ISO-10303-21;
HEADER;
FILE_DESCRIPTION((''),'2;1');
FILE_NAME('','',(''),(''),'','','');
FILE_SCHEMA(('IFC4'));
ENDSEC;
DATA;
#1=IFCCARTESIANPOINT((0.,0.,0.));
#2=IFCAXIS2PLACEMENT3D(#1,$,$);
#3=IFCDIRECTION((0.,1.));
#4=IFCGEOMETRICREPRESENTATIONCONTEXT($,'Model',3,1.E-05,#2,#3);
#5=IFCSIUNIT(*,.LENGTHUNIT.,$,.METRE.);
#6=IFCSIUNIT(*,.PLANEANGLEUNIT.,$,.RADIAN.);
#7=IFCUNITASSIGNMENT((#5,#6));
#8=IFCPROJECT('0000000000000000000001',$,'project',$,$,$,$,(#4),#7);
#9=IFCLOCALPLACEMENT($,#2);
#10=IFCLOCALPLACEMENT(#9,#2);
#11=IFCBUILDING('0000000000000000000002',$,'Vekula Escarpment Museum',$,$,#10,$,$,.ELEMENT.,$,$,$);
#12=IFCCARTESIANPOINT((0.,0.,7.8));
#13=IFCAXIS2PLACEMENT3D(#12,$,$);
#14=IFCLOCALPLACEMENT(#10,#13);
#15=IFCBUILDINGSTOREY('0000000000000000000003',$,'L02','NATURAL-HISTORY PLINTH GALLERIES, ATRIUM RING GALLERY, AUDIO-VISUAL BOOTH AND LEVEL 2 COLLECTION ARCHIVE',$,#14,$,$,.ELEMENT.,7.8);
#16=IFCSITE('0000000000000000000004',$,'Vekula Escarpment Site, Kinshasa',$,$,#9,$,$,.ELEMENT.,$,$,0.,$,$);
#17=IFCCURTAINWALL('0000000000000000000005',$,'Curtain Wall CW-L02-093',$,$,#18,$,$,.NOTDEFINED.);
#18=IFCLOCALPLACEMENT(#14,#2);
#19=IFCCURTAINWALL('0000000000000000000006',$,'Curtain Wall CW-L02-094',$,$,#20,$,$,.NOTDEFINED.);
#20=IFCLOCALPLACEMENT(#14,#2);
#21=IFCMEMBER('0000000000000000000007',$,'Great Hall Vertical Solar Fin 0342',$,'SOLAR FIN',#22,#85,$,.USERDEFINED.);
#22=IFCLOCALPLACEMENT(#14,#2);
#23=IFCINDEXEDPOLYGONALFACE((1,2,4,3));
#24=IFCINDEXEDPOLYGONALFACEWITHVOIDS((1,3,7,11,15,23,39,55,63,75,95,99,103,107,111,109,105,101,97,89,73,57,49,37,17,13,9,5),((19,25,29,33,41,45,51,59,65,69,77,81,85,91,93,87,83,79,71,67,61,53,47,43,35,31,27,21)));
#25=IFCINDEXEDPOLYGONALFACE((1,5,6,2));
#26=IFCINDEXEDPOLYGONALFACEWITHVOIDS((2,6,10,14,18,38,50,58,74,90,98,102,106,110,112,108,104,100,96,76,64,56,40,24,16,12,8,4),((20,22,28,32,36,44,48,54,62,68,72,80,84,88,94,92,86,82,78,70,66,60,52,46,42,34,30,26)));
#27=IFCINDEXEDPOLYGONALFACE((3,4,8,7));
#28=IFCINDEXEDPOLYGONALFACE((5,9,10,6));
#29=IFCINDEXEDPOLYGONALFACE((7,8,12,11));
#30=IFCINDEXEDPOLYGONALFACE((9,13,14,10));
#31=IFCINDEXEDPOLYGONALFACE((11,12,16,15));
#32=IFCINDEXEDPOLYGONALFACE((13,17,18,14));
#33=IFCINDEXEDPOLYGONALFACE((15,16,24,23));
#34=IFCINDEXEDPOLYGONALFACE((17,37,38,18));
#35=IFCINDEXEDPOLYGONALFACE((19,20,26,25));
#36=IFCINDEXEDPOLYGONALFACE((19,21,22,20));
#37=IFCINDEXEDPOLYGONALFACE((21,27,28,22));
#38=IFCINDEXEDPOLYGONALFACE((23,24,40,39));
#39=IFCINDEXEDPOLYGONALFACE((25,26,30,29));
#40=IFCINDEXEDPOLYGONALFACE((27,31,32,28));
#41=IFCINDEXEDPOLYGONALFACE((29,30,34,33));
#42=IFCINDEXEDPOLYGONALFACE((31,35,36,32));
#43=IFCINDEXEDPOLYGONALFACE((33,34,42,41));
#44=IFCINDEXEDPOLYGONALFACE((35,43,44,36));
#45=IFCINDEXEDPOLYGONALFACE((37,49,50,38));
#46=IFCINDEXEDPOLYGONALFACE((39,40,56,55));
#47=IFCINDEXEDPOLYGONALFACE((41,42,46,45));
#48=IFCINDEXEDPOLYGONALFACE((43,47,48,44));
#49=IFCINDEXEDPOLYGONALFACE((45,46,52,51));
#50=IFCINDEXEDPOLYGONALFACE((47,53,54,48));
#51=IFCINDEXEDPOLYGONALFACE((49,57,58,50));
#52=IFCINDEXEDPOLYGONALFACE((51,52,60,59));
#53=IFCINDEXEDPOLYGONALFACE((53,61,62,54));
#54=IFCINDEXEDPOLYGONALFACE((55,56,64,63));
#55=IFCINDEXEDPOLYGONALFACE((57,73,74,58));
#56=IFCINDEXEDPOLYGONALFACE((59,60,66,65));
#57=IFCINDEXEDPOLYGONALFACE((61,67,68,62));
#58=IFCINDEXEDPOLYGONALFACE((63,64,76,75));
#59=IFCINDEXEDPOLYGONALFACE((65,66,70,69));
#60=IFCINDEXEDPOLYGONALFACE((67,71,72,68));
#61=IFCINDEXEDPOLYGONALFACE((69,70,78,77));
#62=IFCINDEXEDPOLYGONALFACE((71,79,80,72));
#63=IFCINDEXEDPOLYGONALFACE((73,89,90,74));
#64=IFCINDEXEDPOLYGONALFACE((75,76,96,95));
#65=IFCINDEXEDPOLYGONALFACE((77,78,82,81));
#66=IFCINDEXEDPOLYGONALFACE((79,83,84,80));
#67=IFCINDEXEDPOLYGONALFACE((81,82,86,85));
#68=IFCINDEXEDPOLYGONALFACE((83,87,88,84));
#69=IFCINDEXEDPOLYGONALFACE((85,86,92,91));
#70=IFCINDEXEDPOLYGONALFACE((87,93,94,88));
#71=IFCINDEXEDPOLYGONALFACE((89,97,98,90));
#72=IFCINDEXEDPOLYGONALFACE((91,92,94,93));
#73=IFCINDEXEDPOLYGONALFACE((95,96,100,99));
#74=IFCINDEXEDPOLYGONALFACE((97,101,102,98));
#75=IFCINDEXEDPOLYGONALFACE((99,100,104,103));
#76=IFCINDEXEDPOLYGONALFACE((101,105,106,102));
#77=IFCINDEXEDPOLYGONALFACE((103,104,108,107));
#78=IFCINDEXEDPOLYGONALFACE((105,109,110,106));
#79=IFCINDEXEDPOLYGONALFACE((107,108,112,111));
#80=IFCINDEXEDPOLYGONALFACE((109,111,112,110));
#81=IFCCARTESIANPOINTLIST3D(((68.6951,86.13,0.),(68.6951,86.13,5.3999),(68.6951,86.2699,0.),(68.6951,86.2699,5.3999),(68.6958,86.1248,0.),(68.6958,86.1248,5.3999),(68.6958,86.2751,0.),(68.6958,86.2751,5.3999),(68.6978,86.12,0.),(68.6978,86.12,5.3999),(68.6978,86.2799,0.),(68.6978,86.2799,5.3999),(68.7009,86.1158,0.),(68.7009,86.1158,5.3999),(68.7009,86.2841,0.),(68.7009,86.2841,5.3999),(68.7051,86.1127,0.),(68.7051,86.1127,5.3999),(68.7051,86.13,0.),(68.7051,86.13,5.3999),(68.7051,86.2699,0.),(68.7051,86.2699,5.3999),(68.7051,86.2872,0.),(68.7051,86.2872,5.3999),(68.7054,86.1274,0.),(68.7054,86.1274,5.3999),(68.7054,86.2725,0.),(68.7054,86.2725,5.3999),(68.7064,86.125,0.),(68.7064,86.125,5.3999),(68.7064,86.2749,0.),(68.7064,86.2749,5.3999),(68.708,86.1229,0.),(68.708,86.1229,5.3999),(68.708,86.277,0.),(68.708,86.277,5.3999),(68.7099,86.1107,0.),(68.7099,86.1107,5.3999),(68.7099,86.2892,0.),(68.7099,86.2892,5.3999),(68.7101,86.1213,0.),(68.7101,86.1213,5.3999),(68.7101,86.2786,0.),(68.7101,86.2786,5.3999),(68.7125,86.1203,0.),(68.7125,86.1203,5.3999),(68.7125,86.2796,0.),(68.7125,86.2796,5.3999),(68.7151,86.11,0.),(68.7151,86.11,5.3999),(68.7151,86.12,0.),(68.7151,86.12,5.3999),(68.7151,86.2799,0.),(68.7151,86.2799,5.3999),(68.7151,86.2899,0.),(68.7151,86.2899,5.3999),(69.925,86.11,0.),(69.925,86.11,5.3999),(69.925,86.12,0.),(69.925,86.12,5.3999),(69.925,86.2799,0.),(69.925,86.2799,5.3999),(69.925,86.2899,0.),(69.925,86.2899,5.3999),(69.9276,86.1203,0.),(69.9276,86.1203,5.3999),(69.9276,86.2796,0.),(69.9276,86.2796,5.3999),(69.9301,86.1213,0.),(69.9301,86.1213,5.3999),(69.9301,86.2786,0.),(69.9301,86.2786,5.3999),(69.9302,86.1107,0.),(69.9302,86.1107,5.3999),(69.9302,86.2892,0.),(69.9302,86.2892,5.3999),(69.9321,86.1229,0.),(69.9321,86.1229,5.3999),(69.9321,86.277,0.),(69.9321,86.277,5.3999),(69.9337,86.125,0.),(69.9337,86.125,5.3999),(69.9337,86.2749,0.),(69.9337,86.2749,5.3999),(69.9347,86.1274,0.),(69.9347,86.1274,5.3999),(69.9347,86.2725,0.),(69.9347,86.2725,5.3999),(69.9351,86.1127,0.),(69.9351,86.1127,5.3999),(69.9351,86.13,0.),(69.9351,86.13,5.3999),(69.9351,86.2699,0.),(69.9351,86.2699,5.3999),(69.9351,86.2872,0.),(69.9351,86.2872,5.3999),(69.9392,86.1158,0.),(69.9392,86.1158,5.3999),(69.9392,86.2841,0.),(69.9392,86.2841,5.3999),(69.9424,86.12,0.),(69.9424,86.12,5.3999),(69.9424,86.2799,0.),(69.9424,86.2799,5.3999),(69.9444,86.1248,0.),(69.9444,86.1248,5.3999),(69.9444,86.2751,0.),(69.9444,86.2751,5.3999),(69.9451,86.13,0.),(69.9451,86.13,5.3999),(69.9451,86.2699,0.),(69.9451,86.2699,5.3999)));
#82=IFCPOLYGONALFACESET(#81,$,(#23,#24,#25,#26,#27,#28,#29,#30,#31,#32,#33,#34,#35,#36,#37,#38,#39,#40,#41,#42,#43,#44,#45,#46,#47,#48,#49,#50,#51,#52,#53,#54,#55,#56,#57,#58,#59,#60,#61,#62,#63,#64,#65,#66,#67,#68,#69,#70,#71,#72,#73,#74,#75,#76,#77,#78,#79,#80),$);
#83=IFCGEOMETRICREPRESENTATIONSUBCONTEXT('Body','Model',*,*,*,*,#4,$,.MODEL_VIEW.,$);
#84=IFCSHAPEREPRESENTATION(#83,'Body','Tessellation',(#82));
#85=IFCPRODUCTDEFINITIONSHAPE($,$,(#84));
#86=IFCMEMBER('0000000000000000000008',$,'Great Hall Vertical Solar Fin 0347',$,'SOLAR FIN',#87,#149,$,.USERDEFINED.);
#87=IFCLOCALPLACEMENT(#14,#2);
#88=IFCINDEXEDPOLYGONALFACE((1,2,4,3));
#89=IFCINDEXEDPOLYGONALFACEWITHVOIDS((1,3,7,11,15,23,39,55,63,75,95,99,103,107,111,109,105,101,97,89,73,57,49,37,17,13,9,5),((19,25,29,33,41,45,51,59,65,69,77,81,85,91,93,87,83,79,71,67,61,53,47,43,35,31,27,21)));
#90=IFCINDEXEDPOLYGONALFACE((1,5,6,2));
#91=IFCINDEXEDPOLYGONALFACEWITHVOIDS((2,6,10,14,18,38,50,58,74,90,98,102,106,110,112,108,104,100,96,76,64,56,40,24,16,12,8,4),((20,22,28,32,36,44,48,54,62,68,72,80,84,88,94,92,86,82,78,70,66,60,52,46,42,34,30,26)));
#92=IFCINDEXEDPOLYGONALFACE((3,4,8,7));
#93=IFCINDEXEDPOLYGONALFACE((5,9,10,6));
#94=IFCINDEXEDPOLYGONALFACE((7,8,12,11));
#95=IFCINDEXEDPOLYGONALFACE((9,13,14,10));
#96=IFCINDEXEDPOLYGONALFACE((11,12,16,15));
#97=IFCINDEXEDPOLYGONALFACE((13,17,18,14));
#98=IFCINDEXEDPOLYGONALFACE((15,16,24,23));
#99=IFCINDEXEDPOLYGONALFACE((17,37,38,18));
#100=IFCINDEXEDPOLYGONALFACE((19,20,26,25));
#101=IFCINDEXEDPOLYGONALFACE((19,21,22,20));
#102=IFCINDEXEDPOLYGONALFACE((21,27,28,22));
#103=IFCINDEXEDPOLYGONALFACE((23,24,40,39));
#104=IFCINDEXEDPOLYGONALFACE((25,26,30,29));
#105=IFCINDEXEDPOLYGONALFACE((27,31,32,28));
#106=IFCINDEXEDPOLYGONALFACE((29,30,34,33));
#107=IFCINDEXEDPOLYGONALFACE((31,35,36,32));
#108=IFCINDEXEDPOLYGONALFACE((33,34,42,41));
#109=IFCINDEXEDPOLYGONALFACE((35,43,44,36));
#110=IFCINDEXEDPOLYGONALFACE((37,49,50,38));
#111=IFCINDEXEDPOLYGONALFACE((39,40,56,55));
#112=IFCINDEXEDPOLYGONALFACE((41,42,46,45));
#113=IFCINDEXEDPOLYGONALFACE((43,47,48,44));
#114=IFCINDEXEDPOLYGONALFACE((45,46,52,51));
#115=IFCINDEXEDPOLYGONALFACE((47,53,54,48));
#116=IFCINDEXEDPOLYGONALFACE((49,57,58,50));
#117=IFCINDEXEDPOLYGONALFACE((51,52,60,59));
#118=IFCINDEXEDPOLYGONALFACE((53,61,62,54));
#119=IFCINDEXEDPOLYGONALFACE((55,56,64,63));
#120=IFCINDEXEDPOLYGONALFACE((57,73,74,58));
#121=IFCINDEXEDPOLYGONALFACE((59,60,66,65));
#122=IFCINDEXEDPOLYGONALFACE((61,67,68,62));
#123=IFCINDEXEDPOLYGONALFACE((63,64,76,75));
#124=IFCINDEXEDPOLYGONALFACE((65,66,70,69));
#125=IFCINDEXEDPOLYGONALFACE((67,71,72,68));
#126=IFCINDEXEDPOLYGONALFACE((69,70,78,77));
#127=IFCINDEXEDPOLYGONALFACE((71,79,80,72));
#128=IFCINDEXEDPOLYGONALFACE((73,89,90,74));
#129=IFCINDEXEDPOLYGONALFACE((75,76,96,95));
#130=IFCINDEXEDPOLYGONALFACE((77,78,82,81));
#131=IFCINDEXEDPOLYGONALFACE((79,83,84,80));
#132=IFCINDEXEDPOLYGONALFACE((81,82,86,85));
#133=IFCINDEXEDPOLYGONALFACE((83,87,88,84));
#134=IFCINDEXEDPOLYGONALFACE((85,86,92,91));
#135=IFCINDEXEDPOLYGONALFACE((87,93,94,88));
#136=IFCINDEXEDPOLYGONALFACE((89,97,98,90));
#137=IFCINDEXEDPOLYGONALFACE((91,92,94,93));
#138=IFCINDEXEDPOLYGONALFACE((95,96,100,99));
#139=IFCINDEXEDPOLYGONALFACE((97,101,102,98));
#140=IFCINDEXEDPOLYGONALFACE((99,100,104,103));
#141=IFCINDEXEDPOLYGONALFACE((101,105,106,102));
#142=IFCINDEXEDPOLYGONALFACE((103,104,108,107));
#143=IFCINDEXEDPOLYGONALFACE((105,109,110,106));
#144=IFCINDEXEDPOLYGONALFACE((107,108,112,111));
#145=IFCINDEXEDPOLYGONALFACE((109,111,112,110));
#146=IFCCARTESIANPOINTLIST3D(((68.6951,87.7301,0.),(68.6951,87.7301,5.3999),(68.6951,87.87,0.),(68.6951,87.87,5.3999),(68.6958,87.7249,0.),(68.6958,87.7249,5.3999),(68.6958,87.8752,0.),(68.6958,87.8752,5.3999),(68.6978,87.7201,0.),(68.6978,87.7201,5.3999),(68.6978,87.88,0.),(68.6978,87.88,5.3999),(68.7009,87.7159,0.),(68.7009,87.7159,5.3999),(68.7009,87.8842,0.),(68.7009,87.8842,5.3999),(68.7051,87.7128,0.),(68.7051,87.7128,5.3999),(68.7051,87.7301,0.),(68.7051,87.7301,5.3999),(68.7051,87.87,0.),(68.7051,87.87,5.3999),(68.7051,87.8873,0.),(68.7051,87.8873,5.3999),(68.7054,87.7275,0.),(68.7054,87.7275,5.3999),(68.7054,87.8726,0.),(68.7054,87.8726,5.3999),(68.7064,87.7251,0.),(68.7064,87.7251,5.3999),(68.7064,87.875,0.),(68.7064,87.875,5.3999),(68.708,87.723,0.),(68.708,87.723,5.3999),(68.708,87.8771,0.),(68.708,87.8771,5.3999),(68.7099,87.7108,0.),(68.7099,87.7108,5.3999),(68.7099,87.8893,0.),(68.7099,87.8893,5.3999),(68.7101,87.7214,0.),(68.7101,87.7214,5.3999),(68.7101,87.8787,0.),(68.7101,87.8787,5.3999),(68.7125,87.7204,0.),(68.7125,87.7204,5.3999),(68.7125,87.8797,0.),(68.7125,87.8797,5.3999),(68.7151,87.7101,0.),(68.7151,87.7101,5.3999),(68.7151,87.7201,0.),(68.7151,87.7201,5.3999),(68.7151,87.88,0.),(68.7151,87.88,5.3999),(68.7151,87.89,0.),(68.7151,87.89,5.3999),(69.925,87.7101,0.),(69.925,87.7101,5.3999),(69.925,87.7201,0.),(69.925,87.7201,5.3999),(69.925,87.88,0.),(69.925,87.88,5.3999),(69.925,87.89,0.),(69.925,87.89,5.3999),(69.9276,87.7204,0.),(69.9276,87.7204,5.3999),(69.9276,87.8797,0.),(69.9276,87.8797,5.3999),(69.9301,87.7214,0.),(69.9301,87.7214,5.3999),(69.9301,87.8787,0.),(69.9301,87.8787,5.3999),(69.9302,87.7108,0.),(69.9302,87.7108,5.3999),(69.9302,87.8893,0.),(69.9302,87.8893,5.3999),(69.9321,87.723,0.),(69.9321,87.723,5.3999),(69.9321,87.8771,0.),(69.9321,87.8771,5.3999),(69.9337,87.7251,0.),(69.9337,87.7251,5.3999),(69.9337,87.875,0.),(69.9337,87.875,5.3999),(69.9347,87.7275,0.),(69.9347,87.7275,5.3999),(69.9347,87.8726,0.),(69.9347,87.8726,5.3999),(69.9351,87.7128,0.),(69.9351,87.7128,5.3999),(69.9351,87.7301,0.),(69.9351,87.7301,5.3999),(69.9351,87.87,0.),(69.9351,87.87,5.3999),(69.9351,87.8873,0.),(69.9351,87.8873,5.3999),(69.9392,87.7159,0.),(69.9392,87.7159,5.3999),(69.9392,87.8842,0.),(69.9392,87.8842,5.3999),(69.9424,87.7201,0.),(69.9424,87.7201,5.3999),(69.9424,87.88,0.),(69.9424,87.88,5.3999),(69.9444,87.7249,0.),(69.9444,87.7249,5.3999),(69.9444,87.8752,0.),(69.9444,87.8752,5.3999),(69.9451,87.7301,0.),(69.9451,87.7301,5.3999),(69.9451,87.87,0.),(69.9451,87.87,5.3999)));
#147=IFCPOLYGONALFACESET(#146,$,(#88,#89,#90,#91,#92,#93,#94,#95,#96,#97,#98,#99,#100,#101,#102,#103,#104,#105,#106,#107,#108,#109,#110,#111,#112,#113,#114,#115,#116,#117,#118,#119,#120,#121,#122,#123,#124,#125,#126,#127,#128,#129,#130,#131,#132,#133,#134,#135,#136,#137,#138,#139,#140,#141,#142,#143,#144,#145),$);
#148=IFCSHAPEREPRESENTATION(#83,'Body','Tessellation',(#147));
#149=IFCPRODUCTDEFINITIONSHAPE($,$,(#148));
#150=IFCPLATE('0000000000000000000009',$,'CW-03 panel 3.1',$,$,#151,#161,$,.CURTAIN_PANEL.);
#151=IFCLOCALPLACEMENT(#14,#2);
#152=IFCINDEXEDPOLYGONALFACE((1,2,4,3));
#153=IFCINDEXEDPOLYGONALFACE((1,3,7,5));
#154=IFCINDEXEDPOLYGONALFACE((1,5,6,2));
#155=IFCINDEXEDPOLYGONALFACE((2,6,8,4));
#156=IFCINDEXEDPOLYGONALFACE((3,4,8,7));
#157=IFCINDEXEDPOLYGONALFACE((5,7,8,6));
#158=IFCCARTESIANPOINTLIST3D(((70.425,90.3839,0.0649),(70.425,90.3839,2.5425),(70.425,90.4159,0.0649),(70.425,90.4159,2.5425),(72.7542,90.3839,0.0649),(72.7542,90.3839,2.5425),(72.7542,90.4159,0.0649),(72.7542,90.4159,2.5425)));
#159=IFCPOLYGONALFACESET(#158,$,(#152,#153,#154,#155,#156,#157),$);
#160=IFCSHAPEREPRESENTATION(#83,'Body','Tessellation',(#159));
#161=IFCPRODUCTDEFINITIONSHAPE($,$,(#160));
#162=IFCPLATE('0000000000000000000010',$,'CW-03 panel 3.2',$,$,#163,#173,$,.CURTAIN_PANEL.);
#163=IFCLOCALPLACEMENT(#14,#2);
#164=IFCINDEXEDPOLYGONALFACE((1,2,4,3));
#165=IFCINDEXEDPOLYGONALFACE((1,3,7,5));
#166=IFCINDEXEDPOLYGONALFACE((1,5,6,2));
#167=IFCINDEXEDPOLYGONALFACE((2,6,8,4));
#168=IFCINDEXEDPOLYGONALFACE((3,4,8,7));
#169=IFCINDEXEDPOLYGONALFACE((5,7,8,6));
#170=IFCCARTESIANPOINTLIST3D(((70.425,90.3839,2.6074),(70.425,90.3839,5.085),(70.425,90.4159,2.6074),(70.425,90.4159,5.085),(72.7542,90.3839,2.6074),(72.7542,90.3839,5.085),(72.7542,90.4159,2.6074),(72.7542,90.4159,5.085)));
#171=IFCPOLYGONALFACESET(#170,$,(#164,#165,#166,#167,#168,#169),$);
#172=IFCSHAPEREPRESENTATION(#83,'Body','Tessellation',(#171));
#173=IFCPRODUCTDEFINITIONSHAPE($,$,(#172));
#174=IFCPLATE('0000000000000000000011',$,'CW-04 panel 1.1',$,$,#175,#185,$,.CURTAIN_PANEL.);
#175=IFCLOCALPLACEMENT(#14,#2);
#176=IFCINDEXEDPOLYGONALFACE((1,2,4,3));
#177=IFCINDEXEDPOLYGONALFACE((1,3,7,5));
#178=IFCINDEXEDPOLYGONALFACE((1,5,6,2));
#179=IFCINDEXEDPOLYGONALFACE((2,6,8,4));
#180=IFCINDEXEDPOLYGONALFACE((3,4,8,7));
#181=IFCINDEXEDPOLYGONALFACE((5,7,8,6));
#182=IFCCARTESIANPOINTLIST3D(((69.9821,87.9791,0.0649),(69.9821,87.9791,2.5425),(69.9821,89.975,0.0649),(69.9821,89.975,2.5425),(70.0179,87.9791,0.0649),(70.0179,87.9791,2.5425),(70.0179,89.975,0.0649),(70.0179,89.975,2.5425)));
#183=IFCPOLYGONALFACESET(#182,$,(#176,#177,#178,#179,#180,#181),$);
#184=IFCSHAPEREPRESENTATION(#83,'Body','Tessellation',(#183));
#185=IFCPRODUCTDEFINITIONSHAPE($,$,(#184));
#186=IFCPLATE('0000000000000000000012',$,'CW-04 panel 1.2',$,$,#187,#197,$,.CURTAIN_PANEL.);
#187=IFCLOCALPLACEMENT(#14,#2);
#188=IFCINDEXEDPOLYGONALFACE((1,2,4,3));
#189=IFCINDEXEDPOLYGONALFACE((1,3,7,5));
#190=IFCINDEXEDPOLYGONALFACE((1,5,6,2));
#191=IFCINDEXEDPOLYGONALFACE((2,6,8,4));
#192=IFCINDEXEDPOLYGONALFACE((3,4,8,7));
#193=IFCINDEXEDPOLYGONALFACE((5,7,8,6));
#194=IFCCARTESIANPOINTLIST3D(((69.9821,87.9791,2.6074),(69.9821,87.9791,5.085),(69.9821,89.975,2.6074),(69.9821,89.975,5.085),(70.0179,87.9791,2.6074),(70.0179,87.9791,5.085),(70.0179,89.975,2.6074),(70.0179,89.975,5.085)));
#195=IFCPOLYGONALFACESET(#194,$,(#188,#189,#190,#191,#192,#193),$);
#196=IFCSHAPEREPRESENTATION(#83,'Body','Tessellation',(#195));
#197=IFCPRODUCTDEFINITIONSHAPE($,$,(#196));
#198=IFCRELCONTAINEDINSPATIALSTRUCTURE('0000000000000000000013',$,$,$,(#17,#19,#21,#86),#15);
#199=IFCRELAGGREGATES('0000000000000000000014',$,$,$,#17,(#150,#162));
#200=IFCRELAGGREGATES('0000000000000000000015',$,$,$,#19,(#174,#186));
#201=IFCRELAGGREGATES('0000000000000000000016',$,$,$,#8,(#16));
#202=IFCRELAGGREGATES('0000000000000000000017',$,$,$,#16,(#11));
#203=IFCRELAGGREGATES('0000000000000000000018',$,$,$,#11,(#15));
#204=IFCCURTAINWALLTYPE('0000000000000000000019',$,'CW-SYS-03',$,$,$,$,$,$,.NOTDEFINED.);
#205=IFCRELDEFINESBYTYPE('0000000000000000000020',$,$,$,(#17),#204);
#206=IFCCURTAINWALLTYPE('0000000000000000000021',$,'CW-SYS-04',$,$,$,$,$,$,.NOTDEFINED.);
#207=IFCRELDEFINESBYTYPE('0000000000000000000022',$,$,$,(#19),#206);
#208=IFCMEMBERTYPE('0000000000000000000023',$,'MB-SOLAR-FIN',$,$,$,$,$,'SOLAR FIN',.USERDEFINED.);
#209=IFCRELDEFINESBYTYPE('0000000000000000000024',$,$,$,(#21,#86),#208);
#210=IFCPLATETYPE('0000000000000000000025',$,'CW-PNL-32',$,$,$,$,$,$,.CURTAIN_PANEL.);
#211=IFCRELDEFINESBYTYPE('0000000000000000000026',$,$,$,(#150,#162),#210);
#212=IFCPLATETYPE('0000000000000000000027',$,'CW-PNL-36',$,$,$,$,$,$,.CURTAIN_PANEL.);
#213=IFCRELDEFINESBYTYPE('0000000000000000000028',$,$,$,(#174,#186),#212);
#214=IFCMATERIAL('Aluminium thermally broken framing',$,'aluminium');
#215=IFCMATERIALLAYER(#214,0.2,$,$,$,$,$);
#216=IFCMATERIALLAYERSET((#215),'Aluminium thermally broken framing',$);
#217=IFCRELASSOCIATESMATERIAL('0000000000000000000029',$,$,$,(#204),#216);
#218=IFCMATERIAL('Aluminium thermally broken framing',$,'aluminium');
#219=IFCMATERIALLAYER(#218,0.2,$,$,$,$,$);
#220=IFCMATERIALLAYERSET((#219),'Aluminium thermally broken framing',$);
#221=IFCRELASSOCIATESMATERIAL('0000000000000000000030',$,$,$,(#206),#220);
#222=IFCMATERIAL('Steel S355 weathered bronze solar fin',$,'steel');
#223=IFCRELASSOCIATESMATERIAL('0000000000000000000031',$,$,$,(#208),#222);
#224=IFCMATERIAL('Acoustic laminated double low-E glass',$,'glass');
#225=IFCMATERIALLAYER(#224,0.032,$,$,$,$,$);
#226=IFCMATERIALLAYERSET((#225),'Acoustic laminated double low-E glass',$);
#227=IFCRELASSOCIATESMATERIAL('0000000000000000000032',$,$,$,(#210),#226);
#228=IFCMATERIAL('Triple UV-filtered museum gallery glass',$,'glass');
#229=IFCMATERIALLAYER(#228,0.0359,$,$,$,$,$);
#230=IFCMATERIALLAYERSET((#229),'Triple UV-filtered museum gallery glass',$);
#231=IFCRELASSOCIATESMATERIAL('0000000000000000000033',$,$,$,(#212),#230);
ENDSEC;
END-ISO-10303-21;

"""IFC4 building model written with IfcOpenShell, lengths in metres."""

from ifc_helpers import new_model, si_unit, direction, frame, origin, origin_2d, place, context, subcontext, project, spatial, rectangle, hollow_rectangle, extrude, material, layer, layer_set, material_profile, profile_set, type_object, element, aggregate, save


model = new_model("IFC4")

# Units and contexts
model_context = context("Model", 3, precision=1e-05, world=origin(), true_north=direction((0.0, 1.0)))
body_context = subcontext(model_context, "Body", "Model", "MODEL_VIEW")
ifc_project = project(units=[si_unit("LENGTHUNIT", "METRE"), si_unit("PLANEANGLEUNIT", "RADIAN")], contexts=[model_context])

# Site, building, storey
site_placement = place(None, origin())
site = spatial("IfcSite", under=ifc_project, at=site_placement, Name="Vekula Escarpment Site, Kinshasa", CompositionType="ELEMENT", RefElevation=0.0)
building_placement = place(site_placement, origin())
building = spatial("IfcBuilding", under=site, at=building_placement, Name="Vekula Escarpment Museum", CompositionType="ELEMENT")
storey_placement = place(building_placement, frame((0.0, 0.0, 7.8)))
storey = spatial("IfcBuildingStorey", under=building, at=storey_placement, Name="L02", Description="NATURAL-HISTORY PLINTH GALLERIES, ATRIUM RING GALLERY, AUDIO-VISUAL BOOTH AND LEVEL 2 COLLECTION ARCHIVE", CompositionType="ELEMENT", Elevation=7.8)

# Curtain wall
ifc_material_1 = material(Name="Aluminium thermally broken framing", Category="aluminium")
ifc_layer_1 = layer(ifc_material_1, 0.2)
ifc_layer_set_1 = layer_set([ifc_layer_1], Name="Aluminium thermally broken framing")
curtain_wall_type_1 = type_object("IfcCurtainWallType", Name="CW-SYS-03", PredefinedType="NOTDEFINED", material=ifc_layer_set_1)
curtain_wall_1_placement = place(storey_placement, origin())
curtain_wall_1 = element("IfcCurtainWall", 1, at=curtain_wall_1_placement, inside=storey, type_object=curtain_wall_type_1, Name="Curtain Wall CW-L02-093", PredefinedType="NOTDEFINED")

# Curtain wall
ifc_material_2 = material(Name="Aluminium thermally broken framing", Category="aluminium")
ifc_layer_2 = layer(ifc_material_2, 0.2)
ifc_layer_set_2 = layer_set([ifc_layer_2], Name="Aluminium thermally broken framing")
curtain_wall_type_2 = type_object("IfcCurtainWallType", Name="CW-SYS-04", PredefinedType="NOTDEFINED", material=ifc_layer_set_2)
curtain_wall_2_placement = place(storey_placement, origin())
curtain_wall_2 = element("IfcCurtainWall", 2, at=curtain_wall_2_placement, inside=storey, type_object=curtain_wall_type_2, Name="Curtain Wall CW-L02-094", PredefinedType="NOTDEFINED")

# Members
ifc_material_3 = material(Name="Steel S355 weathered bronze solar fin", Category="steel")
ifc_material_profile_1 = material_profile(ifc_material_3, hollow_rectangle(XDim=0.1799, YDim=1.25, WallThickness=0.01, InnerFilletRadius=0.01, OuterFilletRadius=0.02, at=origin_2d()), Name="RHS 1250x180x10")
ifc_profile_set_1 = profile_set([ifc_material_profile_1], Name="Steel S355 weathered bronze solar fin")
member_type_1 = type_object("IfcMemberType", Name="MB-SOLAR-FIN", ElementType="SOLAR FIN", PredefinedType="USERDEFINED", material=ifc_profile_set_1)
for number, where, z_axis, x_axis, name in (
    (3, (69.3201, 86.2, 0.0), (0.0, 0.0, 1.0), (0.0, 1.0, 0.0), "Great Hall Vertical Solar Fin 0342"),
    (4, (69.3201, 87.8, 0.0), (0.0, 0.0, 1.0), (0.0, 1.0, 0.0), "Great Hall Vertical Solar Fin 0347"),
):
    element("IfcMember", number, at=place(storey_placement, frame(where, z_axis=z_axis, x_axis=x_axis)), inside=storey, type_object=member_type_1, Name=name, ObjectType="SOLAR FIN", PredefinedType="USERDEFINED", context=body_context, shape_type="SweptSolid", body=[
        extrude(hollow_rectangle(XDim=0.1799, YDim=1.25, WallThickness=0.01, InnerFilletRadius=0.01, OuterFilletRadius=0.02, at=origin_2d()), origin(), (0.0, 0.0, 1.0), 5.3999),
    ])

# Plates
ifc_material_4 = material(Name="Acoustic laminated double low-E glass", Category="glass")
ifc_layer_3 = layer(ifc_material_4, 0.032)
ifc_layer_set_3 = layer_set([ifc_layer_3], Name="Acoustic laminated double low-E glass")
plate_type_1 = type_object("IfcPlateType", Name="CW-PNL-32", PredefinedType="CURTAIN_PANEL", material=ifc_layer_set_3)
plate_1_placement = place(storey_placement, frame((71.5896, 90.3999, 0.0649), z_axis=(0.0, 0.0, 1.0), x_axis=(-1.0, 0.0, 0.0)))
plate_1 = element("IfcPlate", 5, at=plate_1_placement, type_object=plate_type_1, Name="CW-03 panel 3.1", PredefinedType="CURTAIN_PANEL", context=body_context, shape_type="SweptSolid", body=[
    extrude(rectangle(XDim=2.3291, YDim=0.032, at=origin_2d()), origin(), (0.0, 0.0, 1.0), 2.4775),
])
plate_2_placement = place(storey_placement, frame((71.5896, 90.3999, 2.6074), z_axis=(0.0, 0.0, 1.0), x_axis=(-1.0, 0.0, 0.0)))
plate_2 = element("IfcPlate", 6, at=plate_2_placement, type_object=plate_type_1, Name="CW-03 panel 3.2", PredefinedType="CURTAIN_PANEL", context=body_context, shape_type="SweptSolid", body=[
    extrude(rectangle(XDim=2.3291, YDim=0.032, at=origin_2d()), origin(), (0.0, 0.0, 1.0), 2.4775),
])
aggregate(curtain_wall_1, [plate_1, plate_2])
ifc_material_5 = material(Name="Triple UV-filtered museum gallery glass", Category="glass")
ifc_layer_4 = layer(ifc_material_5, 0.0359)
ifc_layer_set_4 = layer_set([ifc_layer_4], Name="Triple UV-filtered museum gallery glass")
plate_type_2 = type_object("IfcPlateType", Name="CW-PNL-36", PredefinedType="CURTAIN_PANEL", material=ifc_layer_set_4)
plate_3_placement = place(storey_placement, frame((70.0, 88.9771, 0.0649), z_axis=(0.0, 0.0, 1.0), x_axis=(0.0, -1.0, 0.0)))
plate_3 = element("IfcPlate", 7, at=plate_3_placement, type_object=plate_type_2, Name="CW-04 panel 1.1", PredefinedType="CURTAIN_PANEL", context=body_context, shape_type="SweptSolid", body=[
    extrude(rectangle(XDim=1.9958, YDim=0.0359, at=origin_2d()), origin(), (0.0, 0.0, 1.0), 2.4775),
])
plate_4_placement = place(storey_placement, frame((70.0, 88.9771, 2.6074), z_axis=(0.0, 0.0, 1.0), x_axis=(0.0, -1.0, 0.0)))
plate_4 = element("IfcPlate", 8, at=plate_4_placement, type_object=plate_type_2, Name="CW-04 panel 1.2", PredefinedType="CURTAIN_PANEL", context=body_context, shape_type="SweptSolid", body=[
    extrude(rectangle(XDim=1.9958, YDim=0.0359, at=origin_2d()), origin(), (0.0, 0.0, 1.0), 2.4775),
])
aggregate(curtain_wall_2, [plate_3, plate_4])

save(model, "model.ifc")
